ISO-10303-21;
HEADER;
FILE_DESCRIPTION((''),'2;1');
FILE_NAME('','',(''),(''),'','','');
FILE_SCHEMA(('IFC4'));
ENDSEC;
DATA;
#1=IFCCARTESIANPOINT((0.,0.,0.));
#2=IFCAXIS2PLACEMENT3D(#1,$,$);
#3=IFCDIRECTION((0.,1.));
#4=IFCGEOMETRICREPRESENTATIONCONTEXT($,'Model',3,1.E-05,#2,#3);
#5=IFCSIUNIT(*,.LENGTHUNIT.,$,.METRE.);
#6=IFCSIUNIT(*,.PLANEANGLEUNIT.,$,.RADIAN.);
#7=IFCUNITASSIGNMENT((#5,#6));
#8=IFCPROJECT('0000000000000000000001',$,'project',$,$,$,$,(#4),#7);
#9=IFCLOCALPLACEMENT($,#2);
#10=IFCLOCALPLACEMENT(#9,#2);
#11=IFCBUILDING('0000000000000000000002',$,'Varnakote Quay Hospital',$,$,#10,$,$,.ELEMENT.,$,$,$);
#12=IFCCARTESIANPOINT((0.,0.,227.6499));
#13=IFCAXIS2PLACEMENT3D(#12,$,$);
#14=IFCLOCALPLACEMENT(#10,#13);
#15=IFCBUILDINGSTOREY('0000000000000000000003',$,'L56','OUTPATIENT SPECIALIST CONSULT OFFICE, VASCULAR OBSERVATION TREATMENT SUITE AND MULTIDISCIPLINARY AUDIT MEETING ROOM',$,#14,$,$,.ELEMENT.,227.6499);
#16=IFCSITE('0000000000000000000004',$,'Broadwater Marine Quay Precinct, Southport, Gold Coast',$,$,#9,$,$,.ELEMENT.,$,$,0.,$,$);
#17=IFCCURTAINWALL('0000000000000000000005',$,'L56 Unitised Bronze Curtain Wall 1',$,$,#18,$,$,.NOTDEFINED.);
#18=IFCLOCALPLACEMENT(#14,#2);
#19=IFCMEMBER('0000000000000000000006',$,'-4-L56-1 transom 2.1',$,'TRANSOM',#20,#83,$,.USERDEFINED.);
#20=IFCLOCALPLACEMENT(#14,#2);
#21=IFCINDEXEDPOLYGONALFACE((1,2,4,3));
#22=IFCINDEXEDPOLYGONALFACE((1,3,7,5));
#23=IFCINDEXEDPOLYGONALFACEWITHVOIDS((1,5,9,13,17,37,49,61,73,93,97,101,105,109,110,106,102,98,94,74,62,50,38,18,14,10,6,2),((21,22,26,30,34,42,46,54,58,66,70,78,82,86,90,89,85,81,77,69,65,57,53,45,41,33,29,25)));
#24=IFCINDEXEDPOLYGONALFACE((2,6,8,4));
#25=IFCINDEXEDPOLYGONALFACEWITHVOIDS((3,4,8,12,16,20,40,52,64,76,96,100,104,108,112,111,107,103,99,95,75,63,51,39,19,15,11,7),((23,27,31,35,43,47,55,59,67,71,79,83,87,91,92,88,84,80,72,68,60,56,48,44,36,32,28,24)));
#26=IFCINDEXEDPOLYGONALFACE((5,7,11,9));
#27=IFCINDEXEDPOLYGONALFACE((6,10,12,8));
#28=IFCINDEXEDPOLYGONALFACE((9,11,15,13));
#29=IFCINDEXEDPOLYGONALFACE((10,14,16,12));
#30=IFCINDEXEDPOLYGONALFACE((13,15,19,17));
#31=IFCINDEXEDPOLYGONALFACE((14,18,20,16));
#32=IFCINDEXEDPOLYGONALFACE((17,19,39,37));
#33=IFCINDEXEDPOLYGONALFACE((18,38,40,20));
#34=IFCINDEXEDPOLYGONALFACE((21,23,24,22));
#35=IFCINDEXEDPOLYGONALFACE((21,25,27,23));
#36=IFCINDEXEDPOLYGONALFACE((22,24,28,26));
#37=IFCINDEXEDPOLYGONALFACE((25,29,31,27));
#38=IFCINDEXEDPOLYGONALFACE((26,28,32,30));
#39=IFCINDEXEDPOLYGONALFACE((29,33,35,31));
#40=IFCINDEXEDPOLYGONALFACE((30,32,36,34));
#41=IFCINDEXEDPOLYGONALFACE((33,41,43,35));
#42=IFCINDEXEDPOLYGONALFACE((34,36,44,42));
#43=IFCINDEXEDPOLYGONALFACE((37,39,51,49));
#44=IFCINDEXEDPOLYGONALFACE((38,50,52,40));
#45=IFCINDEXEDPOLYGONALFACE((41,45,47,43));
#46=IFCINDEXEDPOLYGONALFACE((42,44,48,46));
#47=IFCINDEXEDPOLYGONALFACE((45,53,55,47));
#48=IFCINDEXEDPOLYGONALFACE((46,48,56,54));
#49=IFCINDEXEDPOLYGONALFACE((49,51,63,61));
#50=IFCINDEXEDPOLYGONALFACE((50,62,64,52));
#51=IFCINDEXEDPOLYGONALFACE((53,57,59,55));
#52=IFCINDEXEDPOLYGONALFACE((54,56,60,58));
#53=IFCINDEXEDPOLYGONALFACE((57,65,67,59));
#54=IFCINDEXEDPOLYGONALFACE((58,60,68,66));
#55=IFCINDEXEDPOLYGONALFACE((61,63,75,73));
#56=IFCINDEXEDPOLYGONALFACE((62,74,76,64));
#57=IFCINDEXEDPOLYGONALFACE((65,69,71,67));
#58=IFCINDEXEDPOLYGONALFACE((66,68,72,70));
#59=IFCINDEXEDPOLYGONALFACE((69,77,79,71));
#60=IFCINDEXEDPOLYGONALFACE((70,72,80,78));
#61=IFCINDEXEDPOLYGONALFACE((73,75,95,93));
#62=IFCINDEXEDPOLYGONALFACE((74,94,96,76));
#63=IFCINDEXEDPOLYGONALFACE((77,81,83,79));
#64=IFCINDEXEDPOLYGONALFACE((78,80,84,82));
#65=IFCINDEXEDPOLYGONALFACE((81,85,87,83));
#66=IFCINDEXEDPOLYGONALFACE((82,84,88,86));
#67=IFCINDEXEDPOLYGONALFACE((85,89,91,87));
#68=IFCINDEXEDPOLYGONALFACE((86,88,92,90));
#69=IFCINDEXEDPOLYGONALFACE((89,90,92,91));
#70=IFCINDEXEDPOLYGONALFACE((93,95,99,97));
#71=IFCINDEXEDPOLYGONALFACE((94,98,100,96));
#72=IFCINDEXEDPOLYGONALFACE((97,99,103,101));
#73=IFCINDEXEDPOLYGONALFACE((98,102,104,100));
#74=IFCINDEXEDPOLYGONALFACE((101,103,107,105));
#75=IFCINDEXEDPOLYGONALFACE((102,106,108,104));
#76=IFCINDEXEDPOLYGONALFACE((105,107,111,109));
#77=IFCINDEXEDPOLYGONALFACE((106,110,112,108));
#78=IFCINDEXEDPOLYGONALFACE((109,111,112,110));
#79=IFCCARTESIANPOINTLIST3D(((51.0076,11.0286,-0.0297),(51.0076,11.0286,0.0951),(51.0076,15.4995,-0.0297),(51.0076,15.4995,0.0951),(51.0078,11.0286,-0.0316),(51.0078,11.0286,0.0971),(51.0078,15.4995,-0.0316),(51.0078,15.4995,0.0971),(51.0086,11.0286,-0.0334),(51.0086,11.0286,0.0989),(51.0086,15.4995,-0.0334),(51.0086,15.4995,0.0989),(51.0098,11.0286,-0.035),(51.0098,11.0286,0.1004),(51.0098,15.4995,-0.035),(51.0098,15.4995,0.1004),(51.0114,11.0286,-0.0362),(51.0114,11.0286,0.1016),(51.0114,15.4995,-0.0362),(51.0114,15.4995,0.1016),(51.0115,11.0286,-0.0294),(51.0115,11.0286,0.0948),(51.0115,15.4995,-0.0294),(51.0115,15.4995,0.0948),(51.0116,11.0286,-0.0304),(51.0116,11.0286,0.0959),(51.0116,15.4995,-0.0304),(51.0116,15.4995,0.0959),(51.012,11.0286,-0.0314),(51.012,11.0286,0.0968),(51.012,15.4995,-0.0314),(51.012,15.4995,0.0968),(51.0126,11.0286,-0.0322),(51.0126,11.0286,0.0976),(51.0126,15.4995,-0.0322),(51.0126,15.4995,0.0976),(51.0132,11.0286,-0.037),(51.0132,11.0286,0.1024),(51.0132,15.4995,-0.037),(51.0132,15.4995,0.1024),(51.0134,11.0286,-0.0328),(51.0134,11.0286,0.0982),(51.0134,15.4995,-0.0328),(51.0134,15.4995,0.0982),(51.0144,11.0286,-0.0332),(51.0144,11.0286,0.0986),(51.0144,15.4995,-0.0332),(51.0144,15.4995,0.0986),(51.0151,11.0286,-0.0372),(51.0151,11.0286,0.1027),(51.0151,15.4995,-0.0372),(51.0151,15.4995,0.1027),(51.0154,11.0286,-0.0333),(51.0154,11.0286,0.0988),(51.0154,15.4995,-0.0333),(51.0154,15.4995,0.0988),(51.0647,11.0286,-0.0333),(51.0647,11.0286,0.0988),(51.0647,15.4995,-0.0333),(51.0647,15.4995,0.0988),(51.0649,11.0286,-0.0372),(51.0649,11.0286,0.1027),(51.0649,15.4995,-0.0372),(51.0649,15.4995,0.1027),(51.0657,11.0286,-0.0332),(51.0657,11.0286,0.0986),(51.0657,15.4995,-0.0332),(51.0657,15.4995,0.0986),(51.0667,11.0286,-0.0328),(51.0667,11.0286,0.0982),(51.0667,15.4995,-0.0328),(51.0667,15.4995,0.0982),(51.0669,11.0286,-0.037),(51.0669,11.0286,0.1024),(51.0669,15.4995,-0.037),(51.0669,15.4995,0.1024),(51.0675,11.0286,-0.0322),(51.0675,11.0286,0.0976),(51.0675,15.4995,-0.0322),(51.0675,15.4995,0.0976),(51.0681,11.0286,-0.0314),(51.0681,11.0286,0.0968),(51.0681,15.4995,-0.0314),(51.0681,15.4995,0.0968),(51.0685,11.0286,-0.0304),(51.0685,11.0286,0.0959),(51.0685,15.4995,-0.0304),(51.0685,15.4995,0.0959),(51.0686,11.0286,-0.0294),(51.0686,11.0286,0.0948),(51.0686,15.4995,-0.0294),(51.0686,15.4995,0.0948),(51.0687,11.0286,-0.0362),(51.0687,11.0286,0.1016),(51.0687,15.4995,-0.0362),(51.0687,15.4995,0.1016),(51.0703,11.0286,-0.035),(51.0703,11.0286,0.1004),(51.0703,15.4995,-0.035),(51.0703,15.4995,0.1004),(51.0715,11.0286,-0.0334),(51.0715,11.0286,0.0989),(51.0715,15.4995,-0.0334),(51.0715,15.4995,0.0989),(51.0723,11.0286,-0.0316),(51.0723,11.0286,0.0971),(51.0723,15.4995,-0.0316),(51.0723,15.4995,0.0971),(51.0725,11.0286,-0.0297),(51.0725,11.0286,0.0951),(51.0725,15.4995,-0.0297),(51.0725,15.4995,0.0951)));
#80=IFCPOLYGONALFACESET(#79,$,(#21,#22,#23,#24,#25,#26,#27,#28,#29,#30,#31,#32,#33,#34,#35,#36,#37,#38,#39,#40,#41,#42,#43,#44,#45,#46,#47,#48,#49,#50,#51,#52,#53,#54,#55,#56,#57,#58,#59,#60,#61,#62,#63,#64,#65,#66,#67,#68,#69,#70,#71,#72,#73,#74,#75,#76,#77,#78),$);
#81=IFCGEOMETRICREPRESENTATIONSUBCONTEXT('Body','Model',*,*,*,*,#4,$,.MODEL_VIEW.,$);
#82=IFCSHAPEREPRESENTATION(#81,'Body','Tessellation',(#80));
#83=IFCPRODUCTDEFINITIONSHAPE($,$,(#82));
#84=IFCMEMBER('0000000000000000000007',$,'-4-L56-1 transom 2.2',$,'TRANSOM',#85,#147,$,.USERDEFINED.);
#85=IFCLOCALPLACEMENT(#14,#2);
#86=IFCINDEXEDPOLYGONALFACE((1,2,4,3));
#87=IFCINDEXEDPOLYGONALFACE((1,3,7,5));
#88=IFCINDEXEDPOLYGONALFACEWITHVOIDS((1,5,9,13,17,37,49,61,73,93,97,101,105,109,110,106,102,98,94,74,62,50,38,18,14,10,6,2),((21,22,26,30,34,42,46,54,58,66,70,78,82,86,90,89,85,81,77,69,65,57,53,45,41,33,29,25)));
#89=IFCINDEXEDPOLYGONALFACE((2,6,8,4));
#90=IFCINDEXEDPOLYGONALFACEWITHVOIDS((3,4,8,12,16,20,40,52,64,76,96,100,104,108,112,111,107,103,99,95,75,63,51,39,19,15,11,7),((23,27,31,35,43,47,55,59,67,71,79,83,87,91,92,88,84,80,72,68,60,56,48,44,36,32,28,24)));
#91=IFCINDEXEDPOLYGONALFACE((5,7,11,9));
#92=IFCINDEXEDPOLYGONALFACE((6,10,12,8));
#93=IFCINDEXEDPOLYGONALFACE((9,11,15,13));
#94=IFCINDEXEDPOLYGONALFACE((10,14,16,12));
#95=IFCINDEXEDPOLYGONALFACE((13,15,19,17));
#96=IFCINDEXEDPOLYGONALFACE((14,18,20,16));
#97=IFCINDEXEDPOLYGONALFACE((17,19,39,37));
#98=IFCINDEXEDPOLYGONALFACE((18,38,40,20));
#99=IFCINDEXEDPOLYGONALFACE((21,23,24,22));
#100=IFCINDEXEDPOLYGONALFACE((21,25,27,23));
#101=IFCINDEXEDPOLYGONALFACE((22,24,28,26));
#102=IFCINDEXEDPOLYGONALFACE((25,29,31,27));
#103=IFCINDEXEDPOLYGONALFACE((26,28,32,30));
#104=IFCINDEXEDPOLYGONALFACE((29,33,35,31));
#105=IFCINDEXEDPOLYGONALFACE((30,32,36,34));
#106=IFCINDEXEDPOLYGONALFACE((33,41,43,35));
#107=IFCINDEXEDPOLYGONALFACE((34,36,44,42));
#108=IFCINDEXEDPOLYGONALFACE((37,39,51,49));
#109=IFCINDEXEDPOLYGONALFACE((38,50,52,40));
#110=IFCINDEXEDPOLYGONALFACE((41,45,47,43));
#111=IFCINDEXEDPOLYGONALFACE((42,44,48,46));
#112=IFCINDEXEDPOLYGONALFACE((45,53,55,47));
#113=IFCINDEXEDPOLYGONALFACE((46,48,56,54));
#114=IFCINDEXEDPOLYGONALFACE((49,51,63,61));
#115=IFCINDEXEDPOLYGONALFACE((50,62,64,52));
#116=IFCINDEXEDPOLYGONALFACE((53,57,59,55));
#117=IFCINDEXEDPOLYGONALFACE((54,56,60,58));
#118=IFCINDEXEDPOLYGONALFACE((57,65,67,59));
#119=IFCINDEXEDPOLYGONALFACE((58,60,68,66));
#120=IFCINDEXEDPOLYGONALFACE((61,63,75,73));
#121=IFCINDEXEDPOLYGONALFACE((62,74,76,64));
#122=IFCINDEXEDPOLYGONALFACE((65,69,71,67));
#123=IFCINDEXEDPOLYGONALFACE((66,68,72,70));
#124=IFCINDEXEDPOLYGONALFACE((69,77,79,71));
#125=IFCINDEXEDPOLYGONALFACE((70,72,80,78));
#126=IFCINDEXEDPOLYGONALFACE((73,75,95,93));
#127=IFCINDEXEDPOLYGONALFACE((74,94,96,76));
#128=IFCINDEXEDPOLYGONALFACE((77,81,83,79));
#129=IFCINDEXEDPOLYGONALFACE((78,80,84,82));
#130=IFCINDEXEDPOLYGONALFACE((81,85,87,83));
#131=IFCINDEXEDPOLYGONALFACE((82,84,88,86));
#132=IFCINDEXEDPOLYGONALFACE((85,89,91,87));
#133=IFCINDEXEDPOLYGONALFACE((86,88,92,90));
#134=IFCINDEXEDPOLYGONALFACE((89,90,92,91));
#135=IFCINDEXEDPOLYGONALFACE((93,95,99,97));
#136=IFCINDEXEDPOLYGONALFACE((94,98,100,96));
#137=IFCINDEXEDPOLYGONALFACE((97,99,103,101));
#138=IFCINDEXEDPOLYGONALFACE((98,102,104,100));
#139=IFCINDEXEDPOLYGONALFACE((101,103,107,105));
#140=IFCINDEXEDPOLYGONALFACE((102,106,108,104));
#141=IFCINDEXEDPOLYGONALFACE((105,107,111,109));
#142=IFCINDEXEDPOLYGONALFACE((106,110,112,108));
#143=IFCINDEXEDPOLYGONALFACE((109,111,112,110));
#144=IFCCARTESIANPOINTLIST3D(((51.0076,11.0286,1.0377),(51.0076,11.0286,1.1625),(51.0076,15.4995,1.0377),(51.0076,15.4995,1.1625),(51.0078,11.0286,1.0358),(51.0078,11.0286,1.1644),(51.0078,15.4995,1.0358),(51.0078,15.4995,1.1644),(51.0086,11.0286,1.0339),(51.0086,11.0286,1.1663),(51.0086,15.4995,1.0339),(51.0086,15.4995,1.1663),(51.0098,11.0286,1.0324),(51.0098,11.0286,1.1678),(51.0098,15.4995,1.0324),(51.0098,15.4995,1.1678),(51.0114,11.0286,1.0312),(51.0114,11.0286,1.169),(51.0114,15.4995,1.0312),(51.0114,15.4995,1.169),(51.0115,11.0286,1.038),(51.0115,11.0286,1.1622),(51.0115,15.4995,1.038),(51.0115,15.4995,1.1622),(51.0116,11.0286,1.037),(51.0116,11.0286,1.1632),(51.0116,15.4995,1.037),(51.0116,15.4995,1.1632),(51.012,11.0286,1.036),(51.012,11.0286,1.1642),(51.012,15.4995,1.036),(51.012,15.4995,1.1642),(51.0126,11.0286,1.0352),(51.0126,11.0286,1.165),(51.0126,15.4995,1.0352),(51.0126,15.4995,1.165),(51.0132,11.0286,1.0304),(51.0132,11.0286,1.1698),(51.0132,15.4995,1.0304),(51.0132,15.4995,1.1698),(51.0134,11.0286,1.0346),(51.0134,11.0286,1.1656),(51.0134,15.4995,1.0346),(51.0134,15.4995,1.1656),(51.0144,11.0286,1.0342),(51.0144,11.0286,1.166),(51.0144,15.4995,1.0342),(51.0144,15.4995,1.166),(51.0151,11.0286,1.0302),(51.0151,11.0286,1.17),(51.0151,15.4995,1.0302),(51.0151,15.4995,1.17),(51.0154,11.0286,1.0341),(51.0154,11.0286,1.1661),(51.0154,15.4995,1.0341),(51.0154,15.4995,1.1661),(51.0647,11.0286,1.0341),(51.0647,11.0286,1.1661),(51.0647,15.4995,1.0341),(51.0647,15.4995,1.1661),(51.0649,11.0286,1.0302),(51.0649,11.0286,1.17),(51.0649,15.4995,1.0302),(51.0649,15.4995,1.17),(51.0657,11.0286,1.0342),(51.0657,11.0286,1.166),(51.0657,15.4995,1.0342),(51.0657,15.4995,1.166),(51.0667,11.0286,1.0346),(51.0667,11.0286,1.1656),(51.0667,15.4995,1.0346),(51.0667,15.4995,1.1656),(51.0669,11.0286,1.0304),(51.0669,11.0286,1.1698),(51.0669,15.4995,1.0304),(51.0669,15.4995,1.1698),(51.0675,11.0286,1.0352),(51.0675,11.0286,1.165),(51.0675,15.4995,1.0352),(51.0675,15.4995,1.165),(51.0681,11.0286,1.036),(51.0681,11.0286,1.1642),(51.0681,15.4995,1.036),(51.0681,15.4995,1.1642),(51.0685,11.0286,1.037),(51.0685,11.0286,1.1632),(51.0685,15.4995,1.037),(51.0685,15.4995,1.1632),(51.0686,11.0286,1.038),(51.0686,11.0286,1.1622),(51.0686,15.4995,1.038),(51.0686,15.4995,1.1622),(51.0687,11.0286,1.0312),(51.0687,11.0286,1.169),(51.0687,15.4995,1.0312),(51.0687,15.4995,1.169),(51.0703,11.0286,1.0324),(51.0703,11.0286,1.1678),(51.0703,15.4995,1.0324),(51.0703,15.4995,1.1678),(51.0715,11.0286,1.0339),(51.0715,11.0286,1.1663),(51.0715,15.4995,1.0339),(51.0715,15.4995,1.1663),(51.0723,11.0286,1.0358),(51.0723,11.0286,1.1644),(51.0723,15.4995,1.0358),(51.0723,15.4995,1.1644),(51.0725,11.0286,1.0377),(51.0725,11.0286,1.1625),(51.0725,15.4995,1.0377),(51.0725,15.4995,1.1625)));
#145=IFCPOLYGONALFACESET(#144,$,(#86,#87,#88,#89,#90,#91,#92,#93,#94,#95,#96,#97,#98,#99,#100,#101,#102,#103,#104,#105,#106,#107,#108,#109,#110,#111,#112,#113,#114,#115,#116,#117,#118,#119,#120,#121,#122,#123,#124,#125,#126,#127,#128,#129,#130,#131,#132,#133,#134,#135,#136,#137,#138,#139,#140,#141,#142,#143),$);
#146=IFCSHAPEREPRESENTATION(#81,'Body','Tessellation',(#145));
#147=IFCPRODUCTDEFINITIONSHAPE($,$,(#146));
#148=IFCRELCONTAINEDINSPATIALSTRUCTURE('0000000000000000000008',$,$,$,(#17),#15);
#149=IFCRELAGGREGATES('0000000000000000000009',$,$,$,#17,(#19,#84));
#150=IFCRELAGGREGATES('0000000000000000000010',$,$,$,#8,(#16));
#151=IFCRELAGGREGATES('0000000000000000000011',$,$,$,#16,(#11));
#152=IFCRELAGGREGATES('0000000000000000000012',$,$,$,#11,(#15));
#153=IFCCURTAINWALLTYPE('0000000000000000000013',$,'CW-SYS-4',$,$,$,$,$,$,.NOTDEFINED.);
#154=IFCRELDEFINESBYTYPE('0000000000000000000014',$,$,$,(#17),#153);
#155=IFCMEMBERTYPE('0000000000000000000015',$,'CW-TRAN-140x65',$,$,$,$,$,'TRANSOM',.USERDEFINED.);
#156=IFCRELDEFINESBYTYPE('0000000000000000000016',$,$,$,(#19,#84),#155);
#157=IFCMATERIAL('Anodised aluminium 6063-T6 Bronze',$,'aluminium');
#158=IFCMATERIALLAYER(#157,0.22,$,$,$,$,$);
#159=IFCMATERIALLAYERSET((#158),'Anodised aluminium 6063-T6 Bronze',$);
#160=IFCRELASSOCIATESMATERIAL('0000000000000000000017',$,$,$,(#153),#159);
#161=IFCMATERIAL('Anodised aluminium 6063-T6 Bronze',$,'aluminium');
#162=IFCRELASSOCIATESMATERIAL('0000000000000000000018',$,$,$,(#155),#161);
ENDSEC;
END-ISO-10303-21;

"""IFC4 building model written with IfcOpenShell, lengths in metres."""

from ifc_helpers import new_model, si_unit, direction, frame, origin, origin_2d, place, context, subcontext, project, spatial, hollow_rectangle, extrude, material, layer, layer_set, material_profile, profile_set, type_object, element, aggregate, save


model = new_model("IFC4")

# Units and contexts
model_context = context("Model", 3, precision=1e-05, world=origin(), true_north=direction((0.0, 1.0)))
body_context = subcontext(model_context, "Body", "Model", "MODEL_VIEW")
ifc_project = project(units=[si_unit("LENGTHUNIT", "METRE"), si_unit("PLANEANGLEUNIT", "RADIAN")], contexts=[model_context])

# Site, building, storey
site_placement = place(None, origin())
site = spatial("IfcSite", under=ifc_project, at=site_placement, Name="Broadwater Marine Quay Precinct, Southport, Gold Coast", CompositionType="ELEMENT", RefElevation=0.0)
building_placement = place(site_placement, origin())
building = spatial("IfcBuilding", under=site, at=building_placement, Name="Varnakote Quay Hospital", CompositionType="ELEMENT")
storey_placement = place(building_placement, frame((0.0, 0.0, 227.6499)))
storey = spatial("IfcBuildingStorey", under=building, at=storey_placement, Name="L56", Description="OUTPATIENT SPECIALIST CONSULT OFFICE, VASCULAR OBSERVATION TREATMENT SUITE AND MULTIDISCIPLINARY AUDIT MEETING ROOM", CompositionType="ELEMENT", Elevation=227.6499)

# Curtain wall, members
ifc_material_1 = material(Name="Anodised aluminium 6063-T6 Bronze", Category="aluminium")
ifc_layer_1 = layer(ifc_material_1, 0.22)
ifc_layer_set_1 = layer_set([ifc_layer_1], Name="Anodised aluminium 6063-T6 Bronze")
curtain_wall_type = type_object("IfcCurtainWallType", Name="CW-SYS-4", PredefinedType="NOTDEFINED", material=ifc_layer_set_1)
curtain_wall_placement = place(storey_placement, origin())
curtain_wall = element("IfcCurtainWall", 1, at=curtain_wall_placement, inside=storey, type_object=curtain_wall_type, Name="L56 Unitised Bronze Curtain Wall 1", PredefinedType="NOTDEFINED")
ifc_material_2 = material(Name="Anodised aluminium 6063-T6 Bronze", Category="aluminium")
ifc_material_profile_1 = material_profile(ifc_material_2, hollow_rectangle(XDim=0.0649, YDim=0.1399, WallThickness=0.0039, InnerFilletRadius=0.0039, OuterFilletRadius=0.0076, at=origin_2d()), Name="CW-TRAN-140x65")
ifc_profile_set_1 = profile_set([ifc_material_profile_1], Name="Anodised aluminium 6063-T6 Bronze")
member_type_1 = type_object("IfcMemberType", Name="CW-TRAN-140x65", ElementType="TRANSOM", PredefinedType="USERDEFINED", material=ifc_profile_set_1)
member_1_placement = place(storey_placement, frame((51.04, 11.0286, 0.0327), z_axis=(0.0, 1.0, 0.0), x_axis=(-1.0, 0.0, 0.0)))
member_1 = element("IfcMember", 2, at=member_1_placement, type_object=member_type_1, Name="-4-L56-1 transom 2.1", ObjectType="TRANSOM", PredefinedType="USERDEFINED", context=body_context, shape_type="SweptSolid", body=[
    extrude(hollow_rectangle(XDim=0.0649, YDim=0.1399, WallThickness=0.0039, InnerFilletRadius=0.0039, OuterFilletRadius=0.0076, at=origin_2d()), origin(), (0.0, 0.0, 1.0), 4.4709),
])
member_2_placement = place(storey_placement, frame((51.04, 11.0286, 1.1001), z_axis=(0.0, 1.0, 0.0), x_axis=(-1.0, 0.0, 0.0)))
member_2 = element("IfcMember", 3, at=member_2_placement, type_object=member_type_1, Name="-4-L56-1 transom 2.2", ObjectType="TRANSOM", PredefinedType="USERDEFINED", context=body_context, shape_type="SweptSolid", body=[
    extrude(hollow_rectangle(XDim=0.0649, YDim=0.1399, WallThickness=0.0039, InnerFilletRadius=0.0039, OuterFilletRadius=0.0076, at=origin_2d()), origin(), (0.0, 0.0, 1.0), 4.4709),
])
aggregate(curtain_wall, [member_1, member_2])

save(model, "model.ifc")
